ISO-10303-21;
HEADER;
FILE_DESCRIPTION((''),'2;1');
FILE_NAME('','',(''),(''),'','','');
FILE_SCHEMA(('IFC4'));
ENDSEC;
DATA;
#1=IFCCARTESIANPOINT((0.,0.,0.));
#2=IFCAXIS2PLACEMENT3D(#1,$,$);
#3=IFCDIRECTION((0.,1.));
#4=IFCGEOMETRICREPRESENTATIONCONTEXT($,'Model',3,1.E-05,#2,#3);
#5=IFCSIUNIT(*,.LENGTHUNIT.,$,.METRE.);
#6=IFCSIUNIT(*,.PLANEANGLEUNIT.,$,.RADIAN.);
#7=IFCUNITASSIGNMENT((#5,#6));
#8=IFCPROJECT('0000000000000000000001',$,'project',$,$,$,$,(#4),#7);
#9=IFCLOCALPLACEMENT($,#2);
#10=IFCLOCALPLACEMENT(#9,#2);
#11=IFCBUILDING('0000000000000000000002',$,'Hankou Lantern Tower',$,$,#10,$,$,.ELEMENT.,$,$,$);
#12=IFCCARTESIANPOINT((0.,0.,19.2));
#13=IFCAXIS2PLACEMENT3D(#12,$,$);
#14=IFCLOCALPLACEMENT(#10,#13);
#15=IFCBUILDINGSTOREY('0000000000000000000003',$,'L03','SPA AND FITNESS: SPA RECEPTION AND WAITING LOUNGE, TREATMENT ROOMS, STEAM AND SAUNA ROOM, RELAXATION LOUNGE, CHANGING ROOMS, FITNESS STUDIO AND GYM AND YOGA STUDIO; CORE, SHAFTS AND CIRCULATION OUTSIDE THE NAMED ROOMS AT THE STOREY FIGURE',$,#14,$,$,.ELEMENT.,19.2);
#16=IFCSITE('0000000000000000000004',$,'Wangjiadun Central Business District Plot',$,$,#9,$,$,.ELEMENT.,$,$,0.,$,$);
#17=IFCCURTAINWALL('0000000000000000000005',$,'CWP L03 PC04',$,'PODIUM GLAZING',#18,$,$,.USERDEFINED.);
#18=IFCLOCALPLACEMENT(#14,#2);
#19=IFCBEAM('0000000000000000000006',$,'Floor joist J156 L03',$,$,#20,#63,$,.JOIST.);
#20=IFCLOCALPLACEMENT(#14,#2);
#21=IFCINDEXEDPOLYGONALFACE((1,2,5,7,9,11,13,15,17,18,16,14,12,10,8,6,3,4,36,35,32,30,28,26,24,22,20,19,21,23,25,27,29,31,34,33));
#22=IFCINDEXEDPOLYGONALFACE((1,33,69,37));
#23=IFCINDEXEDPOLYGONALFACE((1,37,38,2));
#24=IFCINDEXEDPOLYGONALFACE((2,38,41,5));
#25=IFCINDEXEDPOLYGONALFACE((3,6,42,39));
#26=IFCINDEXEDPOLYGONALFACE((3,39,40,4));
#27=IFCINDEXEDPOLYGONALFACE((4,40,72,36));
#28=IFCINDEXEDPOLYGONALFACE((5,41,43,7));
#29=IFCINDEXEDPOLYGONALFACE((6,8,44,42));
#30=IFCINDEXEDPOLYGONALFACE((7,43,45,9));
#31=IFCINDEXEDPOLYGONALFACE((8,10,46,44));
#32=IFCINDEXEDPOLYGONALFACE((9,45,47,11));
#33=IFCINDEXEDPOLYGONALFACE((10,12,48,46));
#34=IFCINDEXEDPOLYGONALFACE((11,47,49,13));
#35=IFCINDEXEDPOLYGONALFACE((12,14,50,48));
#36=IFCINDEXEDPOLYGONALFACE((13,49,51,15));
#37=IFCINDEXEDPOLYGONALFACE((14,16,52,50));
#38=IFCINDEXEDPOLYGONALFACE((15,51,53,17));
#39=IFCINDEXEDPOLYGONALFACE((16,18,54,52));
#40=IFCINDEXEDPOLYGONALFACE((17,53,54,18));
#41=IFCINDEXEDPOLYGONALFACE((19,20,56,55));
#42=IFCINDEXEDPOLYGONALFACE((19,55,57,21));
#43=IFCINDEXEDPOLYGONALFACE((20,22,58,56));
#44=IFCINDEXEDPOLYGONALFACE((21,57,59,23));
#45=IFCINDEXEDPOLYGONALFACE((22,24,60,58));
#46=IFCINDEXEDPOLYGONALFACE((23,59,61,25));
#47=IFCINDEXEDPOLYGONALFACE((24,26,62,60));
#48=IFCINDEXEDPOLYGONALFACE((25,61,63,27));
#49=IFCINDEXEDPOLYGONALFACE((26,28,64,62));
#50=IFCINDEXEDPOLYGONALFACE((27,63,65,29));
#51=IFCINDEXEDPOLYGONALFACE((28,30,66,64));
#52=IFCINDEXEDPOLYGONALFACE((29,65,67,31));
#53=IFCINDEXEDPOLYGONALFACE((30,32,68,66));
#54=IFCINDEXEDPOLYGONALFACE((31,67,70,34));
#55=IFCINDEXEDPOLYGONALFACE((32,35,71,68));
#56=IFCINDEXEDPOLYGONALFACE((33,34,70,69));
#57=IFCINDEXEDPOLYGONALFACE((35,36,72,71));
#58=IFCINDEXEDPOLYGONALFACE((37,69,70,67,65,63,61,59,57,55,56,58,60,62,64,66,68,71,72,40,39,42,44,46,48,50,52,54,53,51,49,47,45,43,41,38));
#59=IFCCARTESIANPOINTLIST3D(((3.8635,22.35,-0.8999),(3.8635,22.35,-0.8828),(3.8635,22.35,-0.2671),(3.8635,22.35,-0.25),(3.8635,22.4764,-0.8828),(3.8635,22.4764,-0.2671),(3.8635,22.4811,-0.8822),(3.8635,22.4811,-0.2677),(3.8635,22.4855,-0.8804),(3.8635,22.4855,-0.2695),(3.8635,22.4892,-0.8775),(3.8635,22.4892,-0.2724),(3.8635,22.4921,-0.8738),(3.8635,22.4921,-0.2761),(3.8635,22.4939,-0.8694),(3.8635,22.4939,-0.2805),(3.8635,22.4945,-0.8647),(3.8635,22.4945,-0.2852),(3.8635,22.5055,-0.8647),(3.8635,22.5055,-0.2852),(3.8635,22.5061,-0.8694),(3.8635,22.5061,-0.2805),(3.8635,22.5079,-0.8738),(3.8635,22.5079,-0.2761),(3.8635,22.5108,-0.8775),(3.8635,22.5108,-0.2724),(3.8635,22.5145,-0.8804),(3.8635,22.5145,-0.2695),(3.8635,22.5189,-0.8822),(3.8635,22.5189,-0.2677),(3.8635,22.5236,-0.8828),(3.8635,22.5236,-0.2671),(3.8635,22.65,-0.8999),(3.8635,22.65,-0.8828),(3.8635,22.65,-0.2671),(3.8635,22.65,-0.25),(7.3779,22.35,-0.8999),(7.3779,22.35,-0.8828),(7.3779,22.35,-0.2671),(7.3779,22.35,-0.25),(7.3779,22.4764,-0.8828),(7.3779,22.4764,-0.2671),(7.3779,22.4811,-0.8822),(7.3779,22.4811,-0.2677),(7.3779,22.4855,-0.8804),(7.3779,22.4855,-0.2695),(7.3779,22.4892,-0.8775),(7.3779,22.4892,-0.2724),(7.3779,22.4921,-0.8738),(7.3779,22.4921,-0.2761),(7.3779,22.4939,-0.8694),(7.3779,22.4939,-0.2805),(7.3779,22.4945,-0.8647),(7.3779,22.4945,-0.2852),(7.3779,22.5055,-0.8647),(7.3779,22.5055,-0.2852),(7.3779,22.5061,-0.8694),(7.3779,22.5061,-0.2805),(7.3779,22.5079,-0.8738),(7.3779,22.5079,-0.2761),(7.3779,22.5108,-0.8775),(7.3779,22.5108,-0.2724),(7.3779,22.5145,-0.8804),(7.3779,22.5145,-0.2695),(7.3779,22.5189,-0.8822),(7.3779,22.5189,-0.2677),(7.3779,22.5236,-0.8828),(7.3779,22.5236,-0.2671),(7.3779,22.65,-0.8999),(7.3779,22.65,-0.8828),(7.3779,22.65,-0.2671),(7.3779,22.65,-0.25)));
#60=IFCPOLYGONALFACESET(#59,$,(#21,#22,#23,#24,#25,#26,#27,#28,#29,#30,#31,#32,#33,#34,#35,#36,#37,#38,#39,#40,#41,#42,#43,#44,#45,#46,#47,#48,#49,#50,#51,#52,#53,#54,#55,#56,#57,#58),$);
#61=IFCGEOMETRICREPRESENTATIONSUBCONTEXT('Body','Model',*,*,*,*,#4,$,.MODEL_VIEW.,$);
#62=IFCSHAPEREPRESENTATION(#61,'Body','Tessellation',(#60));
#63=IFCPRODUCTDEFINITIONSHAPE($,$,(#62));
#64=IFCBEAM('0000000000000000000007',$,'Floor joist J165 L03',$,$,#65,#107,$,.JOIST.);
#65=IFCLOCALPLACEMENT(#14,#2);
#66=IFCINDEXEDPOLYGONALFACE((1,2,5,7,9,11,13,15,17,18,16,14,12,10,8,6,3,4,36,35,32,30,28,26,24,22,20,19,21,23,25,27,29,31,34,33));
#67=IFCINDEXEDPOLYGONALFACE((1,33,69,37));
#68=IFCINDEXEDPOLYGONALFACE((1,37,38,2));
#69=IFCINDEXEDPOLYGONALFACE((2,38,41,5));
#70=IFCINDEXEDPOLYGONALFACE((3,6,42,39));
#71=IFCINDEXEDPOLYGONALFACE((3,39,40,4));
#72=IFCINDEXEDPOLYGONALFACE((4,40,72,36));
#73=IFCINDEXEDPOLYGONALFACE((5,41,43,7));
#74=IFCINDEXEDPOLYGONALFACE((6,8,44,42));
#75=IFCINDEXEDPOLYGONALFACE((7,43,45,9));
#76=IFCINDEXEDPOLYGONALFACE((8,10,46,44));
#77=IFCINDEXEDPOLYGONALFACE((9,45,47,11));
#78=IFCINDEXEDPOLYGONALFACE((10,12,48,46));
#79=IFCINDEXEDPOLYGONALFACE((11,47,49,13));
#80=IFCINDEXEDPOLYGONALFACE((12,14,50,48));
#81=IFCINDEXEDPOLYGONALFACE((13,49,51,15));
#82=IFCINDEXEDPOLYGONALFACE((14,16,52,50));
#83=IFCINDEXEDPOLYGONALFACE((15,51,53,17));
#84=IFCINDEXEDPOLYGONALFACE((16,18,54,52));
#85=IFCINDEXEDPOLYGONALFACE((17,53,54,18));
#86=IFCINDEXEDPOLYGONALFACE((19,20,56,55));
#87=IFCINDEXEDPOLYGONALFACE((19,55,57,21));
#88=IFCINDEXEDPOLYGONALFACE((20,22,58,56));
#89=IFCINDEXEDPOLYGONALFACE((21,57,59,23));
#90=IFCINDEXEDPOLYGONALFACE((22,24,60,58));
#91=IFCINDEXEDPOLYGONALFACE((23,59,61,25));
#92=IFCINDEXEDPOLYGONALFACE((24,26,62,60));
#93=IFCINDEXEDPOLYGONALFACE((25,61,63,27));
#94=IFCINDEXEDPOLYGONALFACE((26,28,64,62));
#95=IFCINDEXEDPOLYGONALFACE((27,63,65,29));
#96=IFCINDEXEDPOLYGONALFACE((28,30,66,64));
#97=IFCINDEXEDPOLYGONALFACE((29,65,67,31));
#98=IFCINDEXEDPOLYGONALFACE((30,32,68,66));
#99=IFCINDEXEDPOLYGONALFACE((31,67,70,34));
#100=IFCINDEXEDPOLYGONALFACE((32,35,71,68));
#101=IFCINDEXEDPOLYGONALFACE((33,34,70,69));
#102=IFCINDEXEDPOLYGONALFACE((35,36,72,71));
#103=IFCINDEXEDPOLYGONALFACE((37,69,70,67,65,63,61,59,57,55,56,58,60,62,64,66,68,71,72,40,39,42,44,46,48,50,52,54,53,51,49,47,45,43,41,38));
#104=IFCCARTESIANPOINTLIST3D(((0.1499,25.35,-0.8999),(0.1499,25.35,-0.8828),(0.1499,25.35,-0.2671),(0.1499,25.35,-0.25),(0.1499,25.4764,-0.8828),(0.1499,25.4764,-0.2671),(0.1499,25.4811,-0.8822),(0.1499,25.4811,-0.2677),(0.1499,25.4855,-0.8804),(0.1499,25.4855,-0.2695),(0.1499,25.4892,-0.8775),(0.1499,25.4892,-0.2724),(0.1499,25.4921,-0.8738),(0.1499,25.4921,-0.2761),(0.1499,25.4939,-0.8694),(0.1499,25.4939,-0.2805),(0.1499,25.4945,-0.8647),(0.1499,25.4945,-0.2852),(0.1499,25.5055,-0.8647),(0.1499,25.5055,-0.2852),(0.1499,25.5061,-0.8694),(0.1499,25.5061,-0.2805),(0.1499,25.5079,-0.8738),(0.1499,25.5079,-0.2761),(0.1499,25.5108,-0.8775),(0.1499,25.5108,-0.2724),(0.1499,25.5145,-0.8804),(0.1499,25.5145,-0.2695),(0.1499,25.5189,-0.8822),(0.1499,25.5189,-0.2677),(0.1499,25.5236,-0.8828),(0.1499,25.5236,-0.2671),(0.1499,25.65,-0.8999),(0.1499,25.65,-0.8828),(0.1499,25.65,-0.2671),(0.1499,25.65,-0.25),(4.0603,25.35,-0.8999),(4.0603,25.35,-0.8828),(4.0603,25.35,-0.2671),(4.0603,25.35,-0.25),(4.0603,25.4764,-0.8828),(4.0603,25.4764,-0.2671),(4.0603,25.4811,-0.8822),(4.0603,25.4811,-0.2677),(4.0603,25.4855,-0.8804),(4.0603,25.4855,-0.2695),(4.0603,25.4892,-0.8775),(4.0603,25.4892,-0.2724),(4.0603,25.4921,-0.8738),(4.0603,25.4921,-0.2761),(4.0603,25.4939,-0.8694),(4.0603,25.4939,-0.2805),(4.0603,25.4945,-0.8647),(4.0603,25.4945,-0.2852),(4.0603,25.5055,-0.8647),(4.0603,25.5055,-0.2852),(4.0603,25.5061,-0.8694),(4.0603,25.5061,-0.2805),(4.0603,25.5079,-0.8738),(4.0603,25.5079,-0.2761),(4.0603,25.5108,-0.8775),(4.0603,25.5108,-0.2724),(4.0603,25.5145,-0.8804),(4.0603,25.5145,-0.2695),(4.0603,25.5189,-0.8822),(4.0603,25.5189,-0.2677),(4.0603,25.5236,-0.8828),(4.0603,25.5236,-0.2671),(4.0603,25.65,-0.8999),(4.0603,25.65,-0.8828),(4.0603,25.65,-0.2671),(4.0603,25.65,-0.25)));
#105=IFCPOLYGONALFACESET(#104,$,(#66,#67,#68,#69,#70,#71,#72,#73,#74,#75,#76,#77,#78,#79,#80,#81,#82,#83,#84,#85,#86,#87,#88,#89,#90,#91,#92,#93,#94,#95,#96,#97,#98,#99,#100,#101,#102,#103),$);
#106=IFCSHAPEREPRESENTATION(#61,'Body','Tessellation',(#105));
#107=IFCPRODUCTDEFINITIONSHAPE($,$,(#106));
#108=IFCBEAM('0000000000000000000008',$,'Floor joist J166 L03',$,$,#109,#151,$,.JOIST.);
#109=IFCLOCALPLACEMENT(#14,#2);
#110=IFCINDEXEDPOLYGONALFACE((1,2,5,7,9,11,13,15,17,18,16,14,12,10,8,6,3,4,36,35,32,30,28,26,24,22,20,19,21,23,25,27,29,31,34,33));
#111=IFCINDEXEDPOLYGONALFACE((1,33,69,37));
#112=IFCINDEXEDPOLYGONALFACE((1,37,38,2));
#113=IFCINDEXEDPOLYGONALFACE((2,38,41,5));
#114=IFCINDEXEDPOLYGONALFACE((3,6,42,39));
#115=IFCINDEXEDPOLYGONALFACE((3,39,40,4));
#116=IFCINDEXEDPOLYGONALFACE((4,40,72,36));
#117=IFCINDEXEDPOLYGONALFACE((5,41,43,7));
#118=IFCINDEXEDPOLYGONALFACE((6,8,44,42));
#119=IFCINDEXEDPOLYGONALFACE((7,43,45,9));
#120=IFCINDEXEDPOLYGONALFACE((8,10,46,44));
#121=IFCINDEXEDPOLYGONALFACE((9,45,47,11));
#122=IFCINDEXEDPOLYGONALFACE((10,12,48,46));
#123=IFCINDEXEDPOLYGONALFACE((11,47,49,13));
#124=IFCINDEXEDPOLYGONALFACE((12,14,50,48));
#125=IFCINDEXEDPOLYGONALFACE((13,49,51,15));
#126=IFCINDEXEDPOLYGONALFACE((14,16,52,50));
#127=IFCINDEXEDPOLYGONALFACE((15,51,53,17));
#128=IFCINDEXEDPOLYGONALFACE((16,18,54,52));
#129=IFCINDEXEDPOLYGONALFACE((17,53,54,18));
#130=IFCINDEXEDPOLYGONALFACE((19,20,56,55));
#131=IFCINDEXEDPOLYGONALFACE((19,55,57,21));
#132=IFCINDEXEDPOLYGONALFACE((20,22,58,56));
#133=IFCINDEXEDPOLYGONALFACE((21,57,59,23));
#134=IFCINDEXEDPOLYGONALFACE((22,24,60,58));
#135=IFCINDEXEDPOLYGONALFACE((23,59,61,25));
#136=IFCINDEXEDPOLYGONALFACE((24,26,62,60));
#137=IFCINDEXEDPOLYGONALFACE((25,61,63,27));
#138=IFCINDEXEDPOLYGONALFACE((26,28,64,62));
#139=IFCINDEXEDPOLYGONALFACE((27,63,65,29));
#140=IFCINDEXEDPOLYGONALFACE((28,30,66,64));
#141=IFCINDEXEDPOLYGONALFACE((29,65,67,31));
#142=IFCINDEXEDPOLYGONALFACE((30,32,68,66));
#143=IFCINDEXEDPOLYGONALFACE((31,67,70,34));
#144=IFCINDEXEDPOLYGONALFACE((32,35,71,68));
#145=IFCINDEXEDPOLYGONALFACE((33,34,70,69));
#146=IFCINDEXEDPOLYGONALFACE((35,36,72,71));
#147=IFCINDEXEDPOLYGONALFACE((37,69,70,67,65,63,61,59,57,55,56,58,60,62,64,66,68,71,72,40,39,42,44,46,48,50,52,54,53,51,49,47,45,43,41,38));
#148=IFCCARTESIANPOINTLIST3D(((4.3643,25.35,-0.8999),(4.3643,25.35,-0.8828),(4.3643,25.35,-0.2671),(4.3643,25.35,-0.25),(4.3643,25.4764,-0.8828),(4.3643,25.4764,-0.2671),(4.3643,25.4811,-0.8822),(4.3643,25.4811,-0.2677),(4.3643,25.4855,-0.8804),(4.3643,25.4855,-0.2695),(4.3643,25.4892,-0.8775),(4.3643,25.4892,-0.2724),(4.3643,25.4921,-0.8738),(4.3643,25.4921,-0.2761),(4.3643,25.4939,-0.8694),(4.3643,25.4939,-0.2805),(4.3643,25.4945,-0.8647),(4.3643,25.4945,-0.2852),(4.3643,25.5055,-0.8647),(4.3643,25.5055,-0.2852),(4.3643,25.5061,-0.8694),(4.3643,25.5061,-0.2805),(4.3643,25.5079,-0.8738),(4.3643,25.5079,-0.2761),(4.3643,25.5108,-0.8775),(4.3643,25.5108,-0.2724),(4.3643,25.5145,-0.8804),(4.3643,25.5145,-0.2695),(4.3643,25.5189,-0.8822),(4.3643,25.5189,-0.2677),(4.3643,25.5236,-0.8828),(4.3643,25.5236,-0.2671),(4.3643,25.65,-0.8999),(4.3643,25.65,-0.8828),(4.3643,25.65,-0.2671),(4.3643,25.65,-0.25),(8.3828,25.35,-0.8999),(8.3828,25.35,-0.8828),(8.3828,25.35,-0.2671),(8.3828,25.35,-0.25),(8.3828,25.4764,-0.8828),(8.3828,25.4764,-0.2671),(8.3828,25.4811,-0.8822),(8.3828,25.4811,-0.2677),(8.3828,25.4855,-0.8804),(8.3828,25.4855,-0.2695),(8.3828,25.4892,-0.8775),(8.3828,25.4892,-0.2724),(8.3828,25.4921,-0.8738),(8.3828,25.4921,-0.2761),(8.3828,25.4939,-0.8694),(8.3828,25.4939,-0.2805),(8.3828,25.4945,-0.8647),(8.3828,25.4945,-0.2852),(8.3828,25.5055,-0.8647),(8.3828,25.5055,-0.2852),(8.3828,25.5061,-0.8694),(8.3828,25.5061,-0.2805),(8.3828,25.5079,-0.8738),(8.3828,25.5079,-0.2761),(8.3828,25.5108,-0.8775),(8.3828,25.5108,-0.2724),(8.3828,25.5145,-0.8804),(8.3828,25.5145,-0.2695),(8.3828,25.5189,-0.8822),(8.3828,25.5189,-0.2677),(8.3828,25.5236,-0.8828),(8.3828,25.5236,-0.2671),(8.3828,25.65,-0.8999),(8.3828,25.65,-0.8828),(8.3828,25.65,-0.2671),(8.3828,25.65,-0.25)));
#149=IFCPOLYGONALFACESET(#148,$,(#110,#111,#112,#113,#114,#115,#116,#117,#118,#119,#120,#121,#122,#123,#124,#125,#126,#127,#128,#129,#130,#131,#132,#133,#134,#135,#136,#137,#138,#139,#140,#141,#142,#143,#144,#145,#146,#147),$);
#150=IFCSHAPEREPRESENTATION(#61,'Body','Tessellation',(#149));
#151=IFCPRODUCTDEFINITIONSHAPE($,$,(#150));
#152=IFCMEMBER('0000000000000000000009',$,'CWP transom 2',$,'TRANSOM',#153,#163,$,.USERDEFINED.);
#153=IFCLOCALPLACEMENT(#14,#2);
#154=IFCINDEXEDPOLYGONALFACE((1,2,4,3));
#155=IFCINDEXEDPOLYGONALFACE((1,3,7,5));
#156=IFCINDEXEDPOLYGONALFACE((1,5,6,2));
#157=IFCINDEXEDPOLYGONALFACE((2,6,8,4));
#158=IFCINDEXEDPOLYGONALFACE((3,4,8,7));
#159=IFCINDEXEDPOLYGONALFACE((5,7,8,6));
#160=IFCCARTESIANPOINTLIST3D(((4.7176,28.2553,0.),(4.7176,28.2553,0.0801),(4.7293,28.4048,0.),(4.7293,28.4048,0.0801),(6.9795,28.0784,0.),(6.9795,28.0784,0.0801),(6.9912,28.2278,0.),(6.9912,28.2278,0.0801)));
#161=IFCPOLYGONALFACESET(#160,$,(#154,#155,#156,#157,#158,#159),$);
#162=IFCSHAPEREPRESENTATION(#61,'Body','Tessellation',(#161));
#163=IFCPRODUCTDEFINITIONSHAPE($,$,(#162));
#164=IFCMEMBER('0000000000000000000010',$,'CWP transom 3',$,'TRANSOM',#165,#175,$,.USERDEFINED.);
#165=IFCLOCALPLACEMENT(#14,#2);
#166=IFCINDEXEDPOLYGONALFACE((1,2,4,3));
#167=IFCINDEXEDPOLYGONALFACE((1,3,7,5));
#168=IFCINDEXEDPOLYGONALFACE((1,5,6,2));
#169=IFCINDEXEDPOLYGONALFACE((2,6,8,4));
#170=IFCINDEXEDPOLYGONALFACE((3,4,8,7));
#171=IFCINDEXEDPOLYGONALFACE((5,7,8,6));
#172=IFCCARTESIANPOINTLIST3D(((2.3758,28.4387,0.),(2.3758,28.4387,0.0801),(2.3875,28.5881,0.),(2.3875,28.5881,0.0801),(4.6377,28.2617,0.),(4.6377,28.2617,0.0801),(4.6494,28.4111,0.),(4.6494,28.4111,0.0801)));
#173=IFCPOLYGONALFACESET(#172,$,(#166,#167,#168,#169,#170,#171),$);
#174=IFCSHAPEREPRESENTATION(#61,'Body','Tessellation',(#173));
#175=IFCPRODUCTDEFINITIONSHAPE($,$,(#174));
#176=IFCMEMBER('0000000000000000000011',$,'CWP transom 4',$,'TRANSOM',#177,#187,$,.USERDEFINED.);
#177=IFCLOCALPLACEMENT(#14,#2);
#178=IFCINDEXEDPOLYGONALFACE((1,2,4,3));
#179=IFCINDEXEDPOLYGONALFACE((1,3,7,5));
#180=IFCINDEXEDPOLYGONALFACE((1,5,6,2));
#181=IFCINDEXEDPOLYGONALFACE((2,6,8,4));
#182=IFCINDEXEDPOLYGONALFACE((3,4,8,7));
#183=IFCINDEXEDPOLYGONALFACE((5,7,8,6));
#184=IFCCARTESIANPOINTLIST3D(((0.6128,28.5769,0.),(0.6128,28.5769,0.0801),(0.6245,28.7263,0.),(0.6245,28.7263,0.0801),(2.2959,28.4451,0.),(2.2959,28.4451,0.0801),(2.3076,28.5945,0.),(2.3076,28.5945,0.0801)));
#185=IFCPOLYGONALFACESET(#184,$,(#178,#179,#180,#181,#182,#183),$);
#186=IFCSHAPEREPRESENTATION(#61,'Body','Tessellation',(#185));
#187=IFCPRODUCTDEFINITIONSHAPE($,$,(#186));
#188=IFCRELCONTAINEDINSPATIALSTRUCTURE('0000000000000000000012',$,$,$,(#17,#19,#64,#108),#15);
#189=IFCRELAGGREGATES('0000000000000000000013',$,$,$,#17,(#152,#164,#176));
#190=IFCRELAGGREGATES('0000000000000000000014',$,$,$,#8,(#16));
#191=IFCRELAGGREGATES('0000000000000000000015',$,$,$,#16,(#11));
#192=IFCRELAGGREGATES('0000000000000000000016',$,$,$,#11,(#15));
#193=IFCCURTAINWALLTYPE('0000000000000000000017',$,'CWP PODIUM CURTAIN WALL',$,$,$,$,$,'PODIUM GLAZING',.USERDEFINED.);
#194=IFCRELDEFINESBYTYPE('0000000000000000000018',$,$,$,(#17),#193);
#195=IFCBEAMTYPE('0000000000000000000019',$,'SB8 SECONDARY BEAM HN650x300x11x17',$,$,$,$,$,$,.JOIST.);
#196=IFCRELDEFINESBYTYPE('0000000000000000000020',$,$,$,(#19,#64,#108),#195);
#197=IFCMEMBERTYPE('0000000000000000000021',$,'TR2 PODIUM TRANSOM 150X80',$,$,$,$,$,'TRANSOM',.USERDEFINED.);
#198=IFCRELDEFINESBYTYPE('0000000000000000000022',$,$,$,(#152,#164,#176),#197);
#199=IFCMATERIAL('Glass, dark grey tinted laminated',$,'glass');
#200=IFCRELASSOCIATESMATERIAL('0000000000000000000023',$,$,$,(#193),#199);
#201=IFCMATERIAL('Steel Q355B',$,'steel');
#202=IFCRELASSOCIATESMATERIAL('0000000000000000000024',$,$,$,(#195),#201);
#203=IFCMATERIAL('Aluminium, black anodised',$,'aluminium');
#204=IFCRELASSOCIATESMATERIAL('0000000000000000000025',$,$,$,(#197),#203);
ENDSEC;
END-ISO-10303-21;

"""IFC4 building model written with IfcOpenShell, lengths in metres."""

from ifc_helpers import new_model, si_unit, direction, frame, origin, origin_2d, place, context, subcontext, project, spatial, rectangle, i_section, extrude, material, material_profile, profile_set, type_object, element, aggregate, save


model = new_model("IFC4")

# Units and contexts
model_context = context("Model", 3, precision=1e-05, world=origin(), true_north=direction((0.0, 1.0)))
body_context = subcontext(model_context, "Body", "Model", "MODEL_VIEW")
ifc_project = project(units=[si_unit("LENGTHUNIT", "METRE"), si_unit("PLANEANGLEUNIT", "RADIAN")], contexts=[model_context])

# Site, building, storey
site_placement = place(None, origin())
site = spatial("IfcSite", under=ifc_project, at=site_placement, Name="Wangjiadun Central Business District Plot", CompositionType="ELEMENT", RefElevation=0.0)
building_placement = place(site_placement, origin())
building = spatial("IfcBuilding", under=site, at=building_placement, Name="Hankou Lantern Tower", CompositionType="ELEMENT")
storey_placement = place(building_placement, frame((0.0, 0.0, 19.2)))
storey = spatial("IfcBuildingStorey", under=building, at=storey_placement, Name="L03", Description="SPA AND FITNESS: SPA RECEPTION AND WAITING LOUNGE, TREATMENT ROOMS, STEAM AND SAUNA ROOM, RELAXATION LOUNGE, CHANGING ROOMS, FITNESS STUDIO AND GYM AND YOGA STUDIO; CORE, SHAFTS AND CIRCULATION OUTSIDE THE NAMED ROOMS AT THE STOREY FIGURE", CompositionType="ELEMENT", Elevation=19.2)

# Curtain wall
ifc_material_1 = material(Name="Glass, dark grey tinted laminated", Category="glass")
curtain_wall_type = type_object("IfcCurtainWallType", Name="CWP PODIUM CURTAIN WALL", ElementType="PODIUM GLAZING", PredefinedType="USERDEFINED", material=ifc_material_1)
curtain_wall_placement = place(storey_placement, origin())
curtain_wall = element("IfcCurtainWall", 1, at=curtain_wall_placement, inside=storey, type_object=curtain_wall_type, Name="CWP L03 PC04", ObjectType="PODIUM GLAZING", PredefinedType="USERDEFINED")

# Beams
ifc_material_2 = material(Name="Steel Q355B", Category="steel")
ifc_material_profile_1 = material_profile(ifc_material_2, i_section(OverallWidth=0.3, OverallDepth=0.6499, WebThickness=0.011, FlangeThickness=0.0171, FilletRadius=0.0181, at=origin_2d()), Name="HN650x300x11x17")
ifc_profile_set_1 = profile_set([ifc_material_profile_1], Name="Steel Q355B")
beam_type_1 = type_object("IfcBeamType", Name="SB8 SECONDARY BEAM HN650x300x11x17", PredefinedType="JOIST", material=ifc_profile_set_1)
beam_1_placement = place(storey_placement, frame((3.8635, 22.5, -0.575), z_axis=(1.0, 0.0, 0.0), x_axis=(0.0, 1.0, 0.0)))
element("IfcBeam", 2, at=beam_1_placement, inside=storey, type_object=beam_type_1, Name="Floor joist J156 L03", PredefinedType="JOIST", context=body_context, shape_type="SweptSolid", body=[
    extrude(i_section(OverallWidth=0.3, OverallDepth=0.6499, WebThickness=0.011, FlangeThickness=0.0171, FilletRadius=0.0181, at=origin_2d()), origin(), (0.0, 0.0, 1.0), 3.5144),
])
beam_2_placement = place(storey_placement, frame((0.1499, 25.5, -0.575), z_axis=(1.0, 0.0, 0.0), x_axis=(0.0, 1.0, 0.0)))
element("IfcBeam", 3, at=beam_2_placement, inside=storey, type_object=beam_type_1, Name="Floor joist J165 L03", PredefinedType="JOIST", context=body_context, shape_type="SweptSolid", body=[
    extrude(i_section(OverallWidth=0.3, OverallDepth=0.6499, WebThickness=0.011, FlangeThickness=0.0171, FilletRadius=0.0181, at=origin_2d()), origin(), (0.0, 0.0, 1.0), 3.9104),
])
beam_3_placement = place(storey_placement, frame((4.3643, 25.5, -0.575), z_axis=(1.0, 0.0, 0.0), x_axis=(0.0, 1.0, 0.0)))
element("IfcBeam", 4, at=beam_3_placement, inside=storey, type_object=beam_type_1, Name="Floor joist J166 L03", PredefinedType="JOIST", context=body_context, shape_type="SweptSolid", body=[
    extrude(i_section(OverallWidth=0.3, OverallDepth=0.6499, WebThickness=0.011, FlangeThickness=0.0171, FilletRadius=0.0181, at=origin_2d()), origin(), (0.0, 0.0, 1.0), 4.0186),
])

# Members
ifc_material_3 = material(Name="Aluminium, black anodised", Category="aluminium")
ifc_material_profile_2 = material_profile(ifc_material_3, rectangle(XDim=0.1499, YDim=0.0801, at=origin_2d()), Name="TR2 150X80")
ifc_profile_set_2 = profile_set([ifc_material_profile_2], Name="Aluminium, black anodised")
member_type_1 = type_object("IfcMemberType", Name="TR2 PODIUM TRANSOM 150X80", ElementType="TRANSOM", PredefinedType="USERDEFINED", material=ifc_profile_set_2)
member_1_placement = place(storey_placement, frame((6.9854, 28.1531, 0.04), z_axis=(-0.996952, 0.078013, 0.0), x_axis=(-0.078013, -0.996952, 0.0)))
member_1 = element("IfcMember", 5, at=member_1_placement, type_object=member_type_1, Name="CWP transom 2", ObjectType="TRANSOM", PredefinedType="USERDEFINED", context=body_context, shape_type="SweptSolid", body=[
    extrude(rectangle(XDim=0.1499, YDim=0.0801, at=origin_2d()), origin(), (0.0, 0.0, 1.0), 2.2688),
])
member_2_placement = place(storey_placement, frame((4.6436, 28.3364, 0.04), z_axis=(-0.996952, 0.078013, 0.0), x_axis=(-0.078013, -0.996952, 0.0)))
member_2 = element("IfcMember", 6, at=member_2_placement, type_object=member_type_1, Name="CWP transom 3", ObjectType="TRANSOM", PredefinedType="USERDEFINED", context=body_context, shape_type="SweptSolid", body=[
    extrude(rectangle(XDim=0.1499, YDim=0.0801, at=origin_2d()), origin(), (0.0, 0.0, 1.0), 2.2688),
])
member_3_placement = place(storey_placement, frame((2.3018, 28.5198, 0.04), z_axis=(-0.996946, 0.07809, 0.0), x_axis=(-0.07809, -0.996946, 0.0)))
member_3 = element("IfcMember", 7, at=member_3_placement, type_object=member_type_1, Name="CWP transom 4", ObjectType="TRANSOM", PredefinedType="USERDEFINED", context=body_context, shape_type="SweptSolid", body=[
    extrude(rectangle(XDim=0.1499, YDim=0.0801, at=origin_2d()), origin(), (0.0, 0.0, 1.0), 1.6882),
])

aggregate(curtain_wall, [member_1, member_2, member_3])

save(model, "model.ifc")
